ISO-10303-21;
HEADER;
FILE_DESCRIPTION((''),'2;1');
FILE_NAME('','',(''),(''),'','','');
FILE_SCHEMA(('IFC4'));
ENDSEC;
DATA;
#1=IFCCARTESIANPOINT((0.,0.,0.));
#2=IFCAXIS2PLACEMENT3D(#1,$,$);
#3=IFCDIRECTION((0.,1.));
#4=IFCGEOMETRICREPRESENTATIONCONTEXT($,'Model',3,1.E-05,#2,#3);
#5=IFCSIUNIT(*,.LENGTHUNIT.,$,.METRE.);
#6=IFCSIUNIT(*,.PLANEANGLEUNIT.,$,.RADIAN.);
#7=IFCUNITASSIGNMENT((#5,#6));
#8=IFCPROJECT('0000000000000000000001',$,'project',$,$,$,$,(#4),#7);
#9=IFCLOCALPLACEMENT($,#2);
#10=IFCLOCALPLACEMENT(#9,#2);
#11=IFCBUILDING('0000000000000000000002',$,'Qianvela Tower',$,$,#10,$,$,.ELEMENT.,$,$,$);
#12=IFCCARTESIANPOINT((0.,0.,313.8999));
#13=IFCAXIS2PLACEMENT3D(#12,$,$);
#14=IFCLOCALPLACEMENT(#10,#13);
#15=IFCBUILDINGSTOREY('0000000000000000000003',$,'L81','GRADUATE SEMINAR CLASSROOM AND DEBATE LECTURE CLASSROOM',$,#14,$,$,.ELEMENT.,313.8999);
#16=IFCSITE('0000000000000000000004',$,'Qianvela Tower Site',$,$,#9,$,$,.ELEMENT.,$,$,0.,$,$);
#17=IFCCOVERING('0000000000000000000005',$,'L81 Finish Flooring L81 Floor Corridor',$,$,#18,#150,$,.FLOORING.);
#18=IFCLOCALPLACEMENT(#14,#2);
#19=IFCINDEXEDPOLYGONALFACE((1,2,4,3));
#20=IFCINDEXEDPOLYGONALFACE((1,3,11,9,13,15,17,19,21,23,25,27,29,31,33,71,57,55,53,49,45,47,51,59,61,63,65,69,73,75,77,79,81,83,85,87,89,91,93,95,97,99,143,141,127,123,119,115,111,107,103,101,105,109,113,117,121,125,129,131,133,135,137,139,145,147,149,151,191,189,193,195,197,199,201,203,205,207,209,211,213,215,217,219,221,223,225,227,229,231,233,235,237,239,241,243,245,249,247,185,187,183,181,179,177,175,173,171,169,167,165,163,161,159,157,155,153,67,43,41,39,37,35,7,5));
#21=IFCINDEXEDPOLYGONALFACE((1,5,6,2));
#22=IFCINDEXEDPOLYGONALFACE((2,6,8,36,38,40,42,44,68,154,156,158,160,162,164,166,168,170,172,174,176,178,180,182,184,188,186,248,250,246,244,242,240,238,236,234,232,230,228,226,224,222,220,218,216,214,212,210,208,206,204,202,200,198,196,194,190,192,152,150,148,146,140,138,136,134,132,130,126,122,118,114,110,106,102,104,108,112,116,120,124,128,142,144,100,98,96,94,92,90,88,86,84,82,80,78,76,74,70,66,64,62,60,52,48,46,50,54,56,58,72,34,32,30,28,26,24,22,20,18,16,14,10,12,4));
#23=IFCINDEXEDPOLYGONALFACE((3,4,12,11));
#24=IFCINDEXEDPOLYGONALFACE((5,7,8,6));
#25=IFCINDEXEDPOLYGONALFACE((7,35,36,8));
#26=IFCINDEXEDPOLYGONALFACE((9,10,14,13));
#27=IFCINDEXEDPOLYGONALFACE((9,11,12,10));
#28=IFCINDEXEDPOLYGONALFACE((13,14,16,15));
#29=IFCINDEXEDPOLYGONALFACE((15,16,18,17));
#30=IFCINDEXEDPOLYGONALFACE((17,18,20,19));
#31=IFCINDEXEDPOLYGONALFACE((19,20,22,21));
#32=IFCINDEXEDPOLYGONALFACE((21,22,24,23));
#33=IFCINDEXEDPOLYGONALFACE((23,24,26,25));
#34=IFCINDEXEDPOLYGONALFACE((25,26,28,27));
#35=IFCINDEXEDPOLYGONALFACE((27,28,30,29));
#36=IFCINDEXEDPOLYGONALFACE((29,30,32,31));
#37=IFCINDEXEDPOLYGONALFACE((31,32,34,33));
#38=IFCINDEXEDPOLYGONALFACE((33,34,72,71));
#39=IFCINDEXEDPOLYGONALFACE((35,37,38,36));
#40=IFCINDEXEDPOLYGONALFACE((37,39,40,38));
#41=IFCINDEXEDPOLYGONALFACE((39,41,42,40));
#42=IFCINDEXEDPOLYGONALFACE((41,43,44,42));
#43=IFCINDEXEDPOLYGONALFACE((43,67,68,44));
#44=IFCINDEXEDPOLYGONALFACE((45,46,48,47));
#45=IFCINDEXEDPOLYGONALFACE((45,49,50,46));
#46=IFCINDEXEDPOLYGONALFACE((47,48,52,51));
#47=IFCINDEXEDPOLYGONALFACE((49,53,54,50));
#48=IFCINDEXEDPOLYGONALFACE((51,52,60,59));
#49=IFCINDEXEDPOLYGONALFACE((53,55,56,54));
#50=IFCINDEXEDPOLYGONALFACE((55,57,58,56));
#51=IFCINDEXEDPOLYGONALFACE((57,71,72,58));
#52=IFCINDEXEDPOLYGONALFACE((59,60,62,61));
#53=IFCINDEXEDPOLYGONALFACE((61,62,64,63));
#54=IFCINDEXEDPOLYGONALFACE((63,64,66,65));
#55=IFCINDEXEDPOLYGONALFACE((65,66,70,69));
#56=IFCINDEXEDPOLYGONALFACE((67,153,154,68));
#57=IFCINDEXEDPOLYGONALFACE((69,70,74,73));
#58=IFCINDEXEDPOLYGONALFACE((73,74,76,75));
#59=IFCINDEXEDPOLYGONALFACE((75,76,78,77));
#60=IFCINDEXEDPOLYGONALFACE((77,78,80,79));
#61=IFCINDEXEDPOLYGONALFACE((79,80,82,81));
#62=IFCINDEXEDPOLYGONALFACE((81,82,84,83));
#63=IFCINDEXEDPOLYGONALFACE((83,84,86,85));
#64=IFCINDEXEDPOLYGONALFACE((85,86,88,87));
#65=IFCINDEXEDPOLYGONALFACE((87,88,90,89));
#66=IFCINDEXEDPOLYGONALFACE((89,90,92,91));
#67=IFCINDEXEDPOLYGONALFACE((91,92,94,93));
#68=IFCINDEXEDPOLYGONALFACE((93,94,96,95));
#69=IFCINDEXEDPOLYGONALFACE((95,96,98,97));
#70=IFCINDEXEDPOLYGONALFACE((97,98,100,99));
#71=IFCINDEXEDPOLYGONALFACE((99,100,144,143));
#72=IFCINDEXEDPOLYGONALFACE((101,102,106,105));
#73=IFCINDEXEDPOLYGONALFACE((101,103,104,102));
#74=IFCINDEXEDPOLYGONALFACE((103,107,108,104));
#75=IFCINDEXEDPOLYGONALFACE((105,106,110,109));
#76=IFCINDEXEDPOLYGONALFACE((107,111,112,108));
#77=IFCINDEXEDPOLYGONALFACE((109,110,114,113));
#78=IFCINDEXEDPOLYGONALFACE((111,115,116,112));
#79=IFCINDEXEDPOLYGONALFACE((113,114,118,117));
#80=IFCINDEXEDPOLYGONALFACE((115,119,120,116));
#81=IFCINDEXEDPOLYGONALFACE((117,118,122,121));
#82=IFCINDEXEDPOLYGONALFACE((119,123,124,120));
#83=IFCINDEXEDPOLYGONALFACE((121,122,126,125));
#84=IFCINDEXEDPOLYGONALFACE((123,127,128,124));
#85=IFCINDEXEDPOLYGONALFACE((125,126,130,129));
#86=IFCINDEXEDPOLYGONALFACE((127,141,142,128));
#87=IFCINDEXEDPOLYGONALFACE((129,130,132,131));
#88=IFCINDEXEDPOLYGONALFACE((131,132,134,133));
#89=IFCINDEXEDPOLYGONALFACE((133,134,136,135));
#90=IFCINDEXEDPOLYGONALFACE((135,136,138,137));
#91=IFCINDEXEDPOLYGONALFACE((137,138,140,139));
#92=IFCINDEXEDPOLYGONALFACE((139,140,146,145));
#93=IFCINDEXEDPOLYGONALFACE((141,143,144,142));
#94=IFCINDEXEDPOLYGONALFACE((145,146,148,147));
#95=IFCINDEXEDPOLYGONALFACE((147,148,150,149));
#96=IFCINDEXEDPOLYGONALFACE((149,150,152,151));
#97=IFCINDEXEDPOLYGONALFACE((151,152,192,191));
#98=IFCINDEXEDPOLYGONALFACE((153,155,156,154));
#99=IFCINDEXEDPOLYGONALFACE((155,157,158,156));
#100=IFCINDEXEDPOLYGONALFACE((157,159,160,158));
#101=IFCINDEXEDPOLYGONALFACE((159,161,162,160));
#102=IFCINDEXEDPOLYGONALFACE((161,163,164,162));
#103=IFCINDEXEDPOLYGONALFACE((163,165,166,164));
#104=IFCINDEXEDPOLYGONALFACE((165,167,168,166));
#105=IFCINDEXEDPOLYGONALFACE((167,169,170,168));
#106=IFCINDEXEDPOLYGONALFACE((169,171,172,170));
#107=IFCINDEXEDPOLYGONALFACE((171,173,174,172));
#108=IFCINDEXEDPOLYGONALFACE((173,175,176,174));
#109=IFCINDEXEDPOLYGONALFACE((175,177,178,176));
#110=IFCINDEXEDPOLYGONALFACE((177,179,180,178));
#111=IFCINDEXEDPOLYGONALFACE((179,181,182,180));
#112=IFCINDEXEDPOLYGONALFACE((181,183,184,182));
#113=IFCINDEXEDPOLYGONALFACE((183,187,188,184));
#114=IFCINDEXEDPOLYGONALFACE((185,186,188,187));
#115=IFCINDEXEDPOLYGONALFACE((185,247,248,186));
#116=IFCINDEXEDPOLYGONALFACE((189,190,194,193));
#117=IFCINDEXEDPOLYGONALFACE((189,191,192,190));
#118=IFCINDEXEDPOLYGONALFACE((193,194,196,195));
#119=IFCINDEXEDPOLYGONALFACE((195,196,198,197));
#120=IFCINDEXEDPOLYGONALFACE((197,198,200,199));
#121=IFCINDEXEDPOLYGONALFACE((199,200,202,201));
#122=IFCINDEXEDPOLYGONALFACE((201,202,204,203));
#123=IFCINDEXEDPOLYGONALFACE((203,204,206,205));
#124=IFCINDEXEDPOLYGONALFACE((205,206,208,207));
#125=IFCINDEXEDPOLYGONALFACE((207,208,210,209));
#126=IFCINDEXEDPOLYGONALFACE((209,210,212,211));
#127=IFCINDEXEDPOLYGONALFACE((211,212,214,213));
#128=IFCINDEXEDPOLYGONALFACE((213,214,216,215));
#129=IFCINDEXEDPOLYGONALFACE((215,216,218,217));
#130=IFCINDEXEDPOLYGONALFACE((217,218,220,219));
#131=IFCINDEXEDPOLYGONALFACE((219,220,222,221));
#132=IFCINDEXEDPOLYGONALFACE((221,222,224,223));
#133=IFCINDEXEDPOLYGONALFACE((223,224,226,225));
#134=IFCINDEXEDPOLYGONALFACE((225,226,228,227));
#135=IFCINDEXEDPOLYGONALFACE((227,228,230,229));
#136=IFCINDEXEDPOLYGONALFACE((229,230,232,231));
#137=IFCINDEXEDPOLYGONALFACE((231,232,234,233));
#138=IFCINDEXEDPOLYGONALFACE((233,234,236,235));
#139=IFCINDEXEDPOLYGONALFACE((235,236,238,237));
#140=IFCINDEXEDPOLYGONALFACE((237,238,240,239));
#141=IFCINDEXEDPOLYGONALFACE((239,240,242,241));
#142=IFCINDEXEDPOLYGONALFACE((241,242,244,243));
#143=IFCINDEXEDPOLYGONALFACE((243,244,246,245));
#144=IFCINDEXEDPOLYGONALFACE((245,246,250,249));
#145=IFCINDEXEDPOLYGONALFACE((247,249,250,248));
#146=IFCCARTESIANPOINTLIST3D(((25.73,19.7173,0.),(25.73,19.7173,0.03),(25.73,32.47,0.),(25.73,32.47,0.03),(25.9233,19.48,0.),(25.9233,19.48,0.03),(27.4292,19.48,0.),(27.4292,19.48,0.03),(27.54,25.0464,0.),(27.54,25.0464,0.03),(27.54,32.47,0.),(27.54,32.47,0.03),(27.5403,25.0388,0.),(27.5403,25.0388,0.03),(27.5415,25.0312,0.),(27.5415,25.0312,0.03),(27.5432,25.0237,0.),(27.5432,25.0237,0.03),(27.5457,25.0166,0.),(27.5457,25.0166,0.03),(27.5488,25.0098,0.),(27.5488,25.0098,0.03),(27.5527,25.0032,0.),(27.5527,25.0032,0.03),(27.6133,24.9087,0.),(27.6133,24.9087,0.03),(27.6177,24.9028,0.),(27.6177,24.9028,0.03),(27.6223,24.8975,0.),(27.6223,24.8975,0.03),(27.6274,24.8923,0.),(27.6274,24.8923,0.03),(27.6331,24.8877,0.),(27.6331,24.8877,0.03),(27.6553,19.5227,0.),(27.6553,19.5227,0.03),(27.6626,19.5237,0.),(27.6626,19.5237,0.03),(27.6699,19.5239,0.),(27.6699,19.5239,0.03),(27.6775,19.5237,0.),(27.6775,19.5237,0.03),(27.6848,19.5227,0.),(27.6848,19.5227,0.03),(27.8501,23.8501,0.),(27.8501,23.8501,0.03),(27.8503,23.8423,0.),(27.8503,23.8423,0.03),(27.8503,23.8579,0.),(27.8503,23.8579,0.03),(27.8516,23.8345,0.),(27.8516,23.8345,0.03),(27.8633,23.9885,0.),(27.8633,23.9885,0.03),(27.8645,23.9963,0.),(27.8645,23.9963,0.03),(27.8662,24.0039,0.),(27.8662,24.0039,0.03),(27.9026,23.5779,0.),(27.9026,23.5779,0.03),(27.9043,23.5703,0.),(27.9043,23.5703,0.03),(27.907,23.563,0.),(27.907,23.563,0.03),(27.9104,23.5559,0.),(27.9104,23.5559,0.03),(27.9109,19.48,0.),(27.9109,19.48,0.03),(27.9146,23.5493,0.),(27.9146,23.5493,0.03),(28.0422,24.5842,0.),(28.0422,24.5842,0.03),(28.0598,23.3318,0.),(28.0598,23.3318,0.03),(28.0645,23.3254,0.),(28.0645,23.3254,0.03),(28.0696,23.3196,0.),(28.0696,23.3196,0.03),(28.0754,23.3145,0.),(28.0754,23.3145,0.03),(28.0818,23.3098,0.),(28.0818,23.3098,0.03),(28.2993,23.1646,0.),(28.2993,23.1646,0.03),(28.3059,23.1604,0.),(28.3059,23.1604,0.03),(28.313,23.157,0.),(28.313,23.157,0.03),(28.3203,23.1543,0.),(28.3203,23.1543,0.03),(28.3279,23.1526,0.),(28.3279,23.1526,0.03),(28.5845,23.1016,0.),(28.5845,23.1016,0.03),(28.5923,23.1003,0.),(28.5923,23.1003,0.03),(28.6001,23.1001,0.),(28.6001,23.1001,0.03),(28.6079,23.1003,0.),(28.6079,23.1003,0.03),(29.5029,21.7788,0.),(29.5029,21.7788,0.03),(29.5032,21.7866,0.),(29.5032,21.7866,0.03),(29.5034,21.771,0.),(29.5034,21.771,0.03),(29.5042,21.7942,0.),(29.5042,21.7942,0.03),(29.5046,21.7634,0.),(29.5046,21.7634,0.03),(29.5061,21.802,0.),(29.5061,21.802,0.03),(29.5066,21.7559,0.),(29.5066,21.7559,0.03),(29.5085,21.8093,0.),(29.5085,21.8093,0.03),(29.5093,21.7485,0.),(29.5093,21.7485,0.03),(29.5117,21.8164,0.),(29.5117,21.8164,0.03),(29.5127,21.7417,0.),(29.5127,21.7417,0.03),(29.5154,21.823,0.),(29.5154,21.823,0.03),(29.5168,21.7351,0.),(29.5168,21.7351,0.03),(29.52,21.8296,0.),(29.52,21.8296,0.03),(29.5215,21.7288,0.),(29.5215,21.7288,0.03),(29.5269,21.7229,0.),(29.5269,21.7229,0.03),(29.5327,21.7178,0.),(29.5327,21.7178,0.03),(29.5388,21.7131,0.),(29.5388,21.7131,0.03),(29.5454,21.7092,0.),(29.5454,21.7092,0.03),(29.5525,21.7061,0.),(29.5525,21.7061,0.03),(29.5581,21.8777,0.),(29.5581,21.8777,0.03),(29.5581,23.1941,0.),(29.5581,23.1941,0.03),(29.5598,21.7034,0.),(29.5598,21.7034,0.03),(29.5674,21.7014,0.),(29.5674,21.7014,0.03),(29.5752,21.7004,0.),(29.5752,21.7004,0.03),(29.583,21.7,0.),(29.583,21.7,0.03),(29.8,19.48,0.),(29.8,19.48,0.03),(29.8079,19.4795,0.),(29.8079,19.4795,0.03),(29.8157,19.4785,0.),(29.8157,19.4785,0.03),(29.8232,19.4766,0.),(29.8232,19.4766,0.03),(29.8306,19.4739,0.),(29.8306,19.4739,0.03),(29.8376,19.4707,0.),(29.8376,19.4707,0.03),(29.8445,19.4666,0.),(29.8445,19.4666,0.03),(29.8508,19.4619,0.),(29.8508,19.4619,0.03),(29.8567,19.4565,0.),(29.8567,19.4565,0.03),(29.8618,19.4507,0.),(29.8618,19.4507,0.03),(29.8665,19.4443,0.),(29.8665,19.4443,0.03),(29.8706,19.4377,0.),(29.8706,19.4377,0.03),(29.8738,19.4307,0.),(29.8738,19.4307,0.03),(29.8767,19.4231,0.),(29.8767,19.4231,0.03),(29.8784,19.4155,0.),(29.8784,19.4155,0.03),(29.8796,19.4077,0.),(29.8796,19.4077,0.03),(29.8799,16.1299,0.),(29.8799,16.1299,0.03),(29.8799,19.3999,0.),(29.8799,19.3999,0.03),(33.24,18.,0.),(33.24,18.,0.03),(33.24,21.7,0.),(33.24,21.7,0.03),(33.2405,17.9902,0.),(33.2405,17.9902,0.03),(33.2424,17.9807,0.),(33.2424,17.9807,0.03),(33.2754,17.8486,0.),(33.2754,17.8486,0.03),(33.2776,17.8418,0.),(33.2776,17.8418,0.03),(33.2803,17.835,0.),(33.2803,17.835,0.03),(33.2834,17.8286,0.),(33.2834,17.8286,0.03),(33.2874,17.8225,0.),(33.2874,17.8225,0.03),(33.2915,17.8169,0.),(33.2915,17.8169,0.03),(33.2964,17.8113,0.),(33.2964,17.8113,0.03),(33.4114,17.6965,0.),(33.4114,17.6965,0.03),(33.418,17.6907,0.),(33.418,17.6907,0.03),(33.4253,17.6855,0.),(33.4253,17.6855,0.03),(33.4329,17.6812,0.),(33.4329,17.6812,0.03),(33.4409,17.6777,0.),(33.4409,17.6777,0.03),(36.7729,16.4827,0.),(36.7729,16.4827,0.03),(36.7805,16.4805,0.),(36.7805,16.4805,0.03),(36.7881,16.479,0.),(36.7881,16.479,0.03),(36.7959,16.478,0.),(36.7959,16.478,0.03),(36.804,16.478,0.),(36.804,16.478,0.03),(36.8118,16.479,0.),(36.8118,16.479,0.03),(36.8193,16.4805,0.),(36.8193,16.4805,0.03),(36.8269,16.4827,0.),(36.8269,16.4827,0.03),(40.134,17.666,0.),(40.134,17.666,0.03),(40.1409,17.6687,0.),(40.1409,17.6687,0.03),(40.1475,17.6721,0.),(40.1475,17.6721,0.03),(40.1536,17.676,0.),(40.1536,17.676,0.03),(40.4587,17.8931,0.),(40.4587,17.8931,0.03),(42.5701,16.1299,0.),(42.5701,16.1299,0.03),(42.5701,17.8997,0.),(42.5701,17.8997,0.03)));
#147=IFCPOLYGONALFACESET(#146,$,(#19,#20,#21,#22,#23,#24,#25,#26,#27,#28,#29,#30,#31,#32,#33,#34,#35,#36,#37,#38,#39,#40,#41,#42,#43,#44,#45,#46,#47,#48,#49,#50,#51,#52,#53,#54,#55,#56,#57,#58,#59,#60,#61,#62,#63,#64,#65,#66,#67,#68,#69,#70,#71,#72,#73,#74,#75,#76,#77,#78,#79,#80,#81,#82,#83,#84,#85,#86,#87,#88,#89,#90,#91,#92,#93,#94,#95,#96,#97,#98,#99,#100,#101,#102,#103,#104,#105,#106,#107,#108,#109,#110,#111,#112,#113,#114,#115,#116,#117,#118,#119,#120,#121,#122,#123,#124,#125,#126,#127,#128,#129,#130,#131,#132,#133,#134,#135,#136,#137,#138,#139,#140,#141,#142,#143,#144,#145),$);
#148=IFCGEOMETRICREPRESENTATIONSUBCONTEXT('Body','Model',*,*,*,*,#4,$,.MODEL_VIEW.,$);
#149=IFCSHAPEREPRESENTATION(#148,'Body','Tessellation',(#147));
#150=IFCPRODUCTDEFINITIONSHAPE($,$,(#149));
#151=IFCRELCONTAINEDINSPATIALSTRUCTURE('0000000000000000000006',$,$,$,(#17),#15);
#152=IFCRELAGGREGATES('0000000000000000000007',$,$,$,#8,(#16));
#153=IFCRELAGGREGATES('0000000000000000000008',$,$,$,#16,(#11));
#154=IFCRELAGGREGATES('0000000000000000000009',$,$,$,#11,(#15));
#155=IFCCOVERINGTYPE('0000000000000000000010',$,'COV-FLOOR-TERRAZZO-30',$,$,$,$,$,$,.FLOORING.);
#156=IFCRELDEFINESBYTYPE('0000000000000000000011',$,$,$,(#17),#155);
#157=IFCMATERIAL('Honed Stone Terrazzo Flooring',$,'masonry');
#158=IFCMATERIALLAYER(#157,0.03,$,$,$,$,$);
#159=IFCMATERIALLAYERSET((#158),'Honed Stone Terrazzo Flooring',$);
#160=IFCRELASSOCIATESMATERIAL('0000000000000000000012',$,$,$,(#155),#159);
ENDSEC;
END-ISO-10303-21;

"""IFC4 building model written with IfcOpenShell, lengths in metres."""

from ifc_helpers import new_model, si_unit, direction, frame, origin, place, context, subcontext, project, spatial, polyline, outline, extrude, material, layer, layer_set, type_object, element, save


model = new_model("IFC4")

# Units and contexts
model_context = context("Model", 3, precision=1e-05, world=origin(), true_north=direction((0.0, 1.0)))
body_context = subcontext(model_context, "Body", "Model", "MODEL_VIEW")
ifc_project = project(units=[si_unit("LENGTHUNIT", "METRE"), si_unit("PLANEANGLEUNIT", "RADIAN")], contexts=[model_context])

# Site, building, storey
site_placement = place(None, origin())
site = spatial("IfcSite", under=ifc_project, at=site_placement, Name="Qianvela Tower Site", CompositionType="ELEMENT", RefElevation=0.0)
building_placement = place(site_placement, origin())
building = spatial("IfcBuilding", under=site, at=building_placement, Name="Qianvela Tower", CompositionType="ELEMENT")
storey_placement = place(building_placement, frame((0.0, 0.0, 313.8999)))
storey = spatial("IfcBuildingStorey", under=building, at=storey_placement, Name="L81", Description="GRADUATE SEMINAR CLASSROOM AND DEBATE LECTURE CLASSROOM", CompositionType="ELEMENT", Elevation=313.8999)

# Covering
ifc_material_1 = material(Name="Honed Stone Terrazzo Flooring", Category="masonry")
ifc_layer_1 = layer(ifc_material_1, 0.03)
ifc_layer_set_1 = layer_set([ifc_layer_1], Name="Honed Stone Terrazzo Flooring")
covering_type_1 = type_object("IfcCoveringType", Name="COV-FLOOR-TERRAZZO-30", PredefinedType="FLOORING", material=ifc_layer_set_1)
covering_1_placement = place(storey_placement, origin())
element("IfcCovering", 1, at=covering_1_placement, inside=storey, type_object=covering_type_1, Name="L81 Finish Flooring L81 Floor Corridor", PredefinedType="FLOORING", context=body_context, shape_type="SweptSolid", body=[
    extrude(outline(polyline([(25.73, 32.47), (27.54, 32.47), (27.54, 25.0464), (27.5403, 25.0388), (27.5415, 25.0312), (27.5432, 25.0237), (27.5457, 25.0166), (27.5488, 25.0098), (27.5527, 25.0032), (27.6133, 24.9087), (27.6177, 24.9028), (27.6223, 24.8975), (27.6274, 24.8923), (27.6331, 24.8877), (28.0422, 24.5842), (27.8662, 24.0039), (27.8645, 23.9963), (27.8633, 23.9885), (27.8503, 23.8579), (27.8501, 23.8501), (27.8503, 23.8423), (27.8516, 23.8345), (27.9026, 23.5779), (27.9043, 23.5703), (27.907, 23.563), (27.9104, 23.5559), (27.9146, 23.5493), (28.0598, 23.3318), (28.0645, 23.3254), (28.0696, 23.3196), (28.0754, 23.3145), (28.0818, 23.3098), (28.2993, 23.1646), (28.3059, 23.1604), (28.313, 23.157), (28.3203, 23.1543), (28.3279, 23.1526), (28.5845, 23.1016), (28.5923, 23.1003), (28.6001, 23.1001), (28.6079, 23.1003), (29.5581, 23.1941), (29.5581, 21.8777), (29.52, 21.8296), (29.5154, 21.823), (29.5117, 21.8164), (29.5085, 21.8093), (29.5061, 21.802), (29.5042, 21.7942), (29.5032, 21.7866), (29.5029, 21.7788), (29.5034, 21.771), (29.5046, 21.7634), (29.5066, 21.7559), (29.5093, 21.7485), (29.5127, 21.7417), (29.5168, 21.7351), (29.5215, 21.7288), (29.5269, 21.7229), (29.5327, 21.7178), (29.5388, 21.7131), (29.5454, 21.7092), (29.5525, 21.7061), (29.5598, 21.7034), (29.5674, 21.7014), (29.5752, 21.7004), (29.583, 21.7), (33.24, 21.7), (33.24, 18.0), (33.2405, 17.9902), (33.2424, 17.9807), (33.2754, 17.8486), (33.2776, 17.8418), (33.2803, 17.835), (33.2834, 17.8286), (33.2874, 17.8225), (33.2915, 17.8169), (33.2964, 17.8113), (33.4114, 17.6965), (33.418, 17.6907), (33.4253, 17.6855), (33.4329, 17.6812), (33.4409, 17.6777), (36.7729, 16.4827), (36.7805, 16.4805), (36.7881, 16.479), (36.7959, 16.478), (36.804, 16.478), (36.8118, 16.479), (36.8193, 16.4805), (36.8269, 16.4827), (40.134, 17.666), (40.1409, 17.6687), (40.1475, 17.6721), (40.1536, 17.676), (40.4587, 17.8931), (42.5701, 17.8997), (42.5701, 16.1299), (29.8799, 16.1299), (29.8799, 19.3999), (29.8796, 19.4077), (29.8784, 19.4155), (29.8767, 19.4231), (29.8738, 19.4307), (29.8706, 19.4377), (29.8665, 19.4443), (29.8618, 19.4507), (29.8567, 19.4565), (29.8508, 19.4619), (29.8445, 19.4666), (29.8376, 19.4707), (29.8306, 19.4739), (29.8232, 19.4766), (29.8157, 19.4785), (29.8079, 19.4795), (29.8, 19.48), (27.9109, 19.48), (27.6848, 19.5227), (27.6775, 19.5237), (27.6699, 19.5239), (27.6626, 19.5237), (27.6553, 19.5227), (27.4292, 19.48), (25.9233, 19.48), (25.73, 19.7173), (25.73, 32.47)])), origin(), (0.0, 0.0, 1.0), 0.03),
])

save(model, "model.ifc")
